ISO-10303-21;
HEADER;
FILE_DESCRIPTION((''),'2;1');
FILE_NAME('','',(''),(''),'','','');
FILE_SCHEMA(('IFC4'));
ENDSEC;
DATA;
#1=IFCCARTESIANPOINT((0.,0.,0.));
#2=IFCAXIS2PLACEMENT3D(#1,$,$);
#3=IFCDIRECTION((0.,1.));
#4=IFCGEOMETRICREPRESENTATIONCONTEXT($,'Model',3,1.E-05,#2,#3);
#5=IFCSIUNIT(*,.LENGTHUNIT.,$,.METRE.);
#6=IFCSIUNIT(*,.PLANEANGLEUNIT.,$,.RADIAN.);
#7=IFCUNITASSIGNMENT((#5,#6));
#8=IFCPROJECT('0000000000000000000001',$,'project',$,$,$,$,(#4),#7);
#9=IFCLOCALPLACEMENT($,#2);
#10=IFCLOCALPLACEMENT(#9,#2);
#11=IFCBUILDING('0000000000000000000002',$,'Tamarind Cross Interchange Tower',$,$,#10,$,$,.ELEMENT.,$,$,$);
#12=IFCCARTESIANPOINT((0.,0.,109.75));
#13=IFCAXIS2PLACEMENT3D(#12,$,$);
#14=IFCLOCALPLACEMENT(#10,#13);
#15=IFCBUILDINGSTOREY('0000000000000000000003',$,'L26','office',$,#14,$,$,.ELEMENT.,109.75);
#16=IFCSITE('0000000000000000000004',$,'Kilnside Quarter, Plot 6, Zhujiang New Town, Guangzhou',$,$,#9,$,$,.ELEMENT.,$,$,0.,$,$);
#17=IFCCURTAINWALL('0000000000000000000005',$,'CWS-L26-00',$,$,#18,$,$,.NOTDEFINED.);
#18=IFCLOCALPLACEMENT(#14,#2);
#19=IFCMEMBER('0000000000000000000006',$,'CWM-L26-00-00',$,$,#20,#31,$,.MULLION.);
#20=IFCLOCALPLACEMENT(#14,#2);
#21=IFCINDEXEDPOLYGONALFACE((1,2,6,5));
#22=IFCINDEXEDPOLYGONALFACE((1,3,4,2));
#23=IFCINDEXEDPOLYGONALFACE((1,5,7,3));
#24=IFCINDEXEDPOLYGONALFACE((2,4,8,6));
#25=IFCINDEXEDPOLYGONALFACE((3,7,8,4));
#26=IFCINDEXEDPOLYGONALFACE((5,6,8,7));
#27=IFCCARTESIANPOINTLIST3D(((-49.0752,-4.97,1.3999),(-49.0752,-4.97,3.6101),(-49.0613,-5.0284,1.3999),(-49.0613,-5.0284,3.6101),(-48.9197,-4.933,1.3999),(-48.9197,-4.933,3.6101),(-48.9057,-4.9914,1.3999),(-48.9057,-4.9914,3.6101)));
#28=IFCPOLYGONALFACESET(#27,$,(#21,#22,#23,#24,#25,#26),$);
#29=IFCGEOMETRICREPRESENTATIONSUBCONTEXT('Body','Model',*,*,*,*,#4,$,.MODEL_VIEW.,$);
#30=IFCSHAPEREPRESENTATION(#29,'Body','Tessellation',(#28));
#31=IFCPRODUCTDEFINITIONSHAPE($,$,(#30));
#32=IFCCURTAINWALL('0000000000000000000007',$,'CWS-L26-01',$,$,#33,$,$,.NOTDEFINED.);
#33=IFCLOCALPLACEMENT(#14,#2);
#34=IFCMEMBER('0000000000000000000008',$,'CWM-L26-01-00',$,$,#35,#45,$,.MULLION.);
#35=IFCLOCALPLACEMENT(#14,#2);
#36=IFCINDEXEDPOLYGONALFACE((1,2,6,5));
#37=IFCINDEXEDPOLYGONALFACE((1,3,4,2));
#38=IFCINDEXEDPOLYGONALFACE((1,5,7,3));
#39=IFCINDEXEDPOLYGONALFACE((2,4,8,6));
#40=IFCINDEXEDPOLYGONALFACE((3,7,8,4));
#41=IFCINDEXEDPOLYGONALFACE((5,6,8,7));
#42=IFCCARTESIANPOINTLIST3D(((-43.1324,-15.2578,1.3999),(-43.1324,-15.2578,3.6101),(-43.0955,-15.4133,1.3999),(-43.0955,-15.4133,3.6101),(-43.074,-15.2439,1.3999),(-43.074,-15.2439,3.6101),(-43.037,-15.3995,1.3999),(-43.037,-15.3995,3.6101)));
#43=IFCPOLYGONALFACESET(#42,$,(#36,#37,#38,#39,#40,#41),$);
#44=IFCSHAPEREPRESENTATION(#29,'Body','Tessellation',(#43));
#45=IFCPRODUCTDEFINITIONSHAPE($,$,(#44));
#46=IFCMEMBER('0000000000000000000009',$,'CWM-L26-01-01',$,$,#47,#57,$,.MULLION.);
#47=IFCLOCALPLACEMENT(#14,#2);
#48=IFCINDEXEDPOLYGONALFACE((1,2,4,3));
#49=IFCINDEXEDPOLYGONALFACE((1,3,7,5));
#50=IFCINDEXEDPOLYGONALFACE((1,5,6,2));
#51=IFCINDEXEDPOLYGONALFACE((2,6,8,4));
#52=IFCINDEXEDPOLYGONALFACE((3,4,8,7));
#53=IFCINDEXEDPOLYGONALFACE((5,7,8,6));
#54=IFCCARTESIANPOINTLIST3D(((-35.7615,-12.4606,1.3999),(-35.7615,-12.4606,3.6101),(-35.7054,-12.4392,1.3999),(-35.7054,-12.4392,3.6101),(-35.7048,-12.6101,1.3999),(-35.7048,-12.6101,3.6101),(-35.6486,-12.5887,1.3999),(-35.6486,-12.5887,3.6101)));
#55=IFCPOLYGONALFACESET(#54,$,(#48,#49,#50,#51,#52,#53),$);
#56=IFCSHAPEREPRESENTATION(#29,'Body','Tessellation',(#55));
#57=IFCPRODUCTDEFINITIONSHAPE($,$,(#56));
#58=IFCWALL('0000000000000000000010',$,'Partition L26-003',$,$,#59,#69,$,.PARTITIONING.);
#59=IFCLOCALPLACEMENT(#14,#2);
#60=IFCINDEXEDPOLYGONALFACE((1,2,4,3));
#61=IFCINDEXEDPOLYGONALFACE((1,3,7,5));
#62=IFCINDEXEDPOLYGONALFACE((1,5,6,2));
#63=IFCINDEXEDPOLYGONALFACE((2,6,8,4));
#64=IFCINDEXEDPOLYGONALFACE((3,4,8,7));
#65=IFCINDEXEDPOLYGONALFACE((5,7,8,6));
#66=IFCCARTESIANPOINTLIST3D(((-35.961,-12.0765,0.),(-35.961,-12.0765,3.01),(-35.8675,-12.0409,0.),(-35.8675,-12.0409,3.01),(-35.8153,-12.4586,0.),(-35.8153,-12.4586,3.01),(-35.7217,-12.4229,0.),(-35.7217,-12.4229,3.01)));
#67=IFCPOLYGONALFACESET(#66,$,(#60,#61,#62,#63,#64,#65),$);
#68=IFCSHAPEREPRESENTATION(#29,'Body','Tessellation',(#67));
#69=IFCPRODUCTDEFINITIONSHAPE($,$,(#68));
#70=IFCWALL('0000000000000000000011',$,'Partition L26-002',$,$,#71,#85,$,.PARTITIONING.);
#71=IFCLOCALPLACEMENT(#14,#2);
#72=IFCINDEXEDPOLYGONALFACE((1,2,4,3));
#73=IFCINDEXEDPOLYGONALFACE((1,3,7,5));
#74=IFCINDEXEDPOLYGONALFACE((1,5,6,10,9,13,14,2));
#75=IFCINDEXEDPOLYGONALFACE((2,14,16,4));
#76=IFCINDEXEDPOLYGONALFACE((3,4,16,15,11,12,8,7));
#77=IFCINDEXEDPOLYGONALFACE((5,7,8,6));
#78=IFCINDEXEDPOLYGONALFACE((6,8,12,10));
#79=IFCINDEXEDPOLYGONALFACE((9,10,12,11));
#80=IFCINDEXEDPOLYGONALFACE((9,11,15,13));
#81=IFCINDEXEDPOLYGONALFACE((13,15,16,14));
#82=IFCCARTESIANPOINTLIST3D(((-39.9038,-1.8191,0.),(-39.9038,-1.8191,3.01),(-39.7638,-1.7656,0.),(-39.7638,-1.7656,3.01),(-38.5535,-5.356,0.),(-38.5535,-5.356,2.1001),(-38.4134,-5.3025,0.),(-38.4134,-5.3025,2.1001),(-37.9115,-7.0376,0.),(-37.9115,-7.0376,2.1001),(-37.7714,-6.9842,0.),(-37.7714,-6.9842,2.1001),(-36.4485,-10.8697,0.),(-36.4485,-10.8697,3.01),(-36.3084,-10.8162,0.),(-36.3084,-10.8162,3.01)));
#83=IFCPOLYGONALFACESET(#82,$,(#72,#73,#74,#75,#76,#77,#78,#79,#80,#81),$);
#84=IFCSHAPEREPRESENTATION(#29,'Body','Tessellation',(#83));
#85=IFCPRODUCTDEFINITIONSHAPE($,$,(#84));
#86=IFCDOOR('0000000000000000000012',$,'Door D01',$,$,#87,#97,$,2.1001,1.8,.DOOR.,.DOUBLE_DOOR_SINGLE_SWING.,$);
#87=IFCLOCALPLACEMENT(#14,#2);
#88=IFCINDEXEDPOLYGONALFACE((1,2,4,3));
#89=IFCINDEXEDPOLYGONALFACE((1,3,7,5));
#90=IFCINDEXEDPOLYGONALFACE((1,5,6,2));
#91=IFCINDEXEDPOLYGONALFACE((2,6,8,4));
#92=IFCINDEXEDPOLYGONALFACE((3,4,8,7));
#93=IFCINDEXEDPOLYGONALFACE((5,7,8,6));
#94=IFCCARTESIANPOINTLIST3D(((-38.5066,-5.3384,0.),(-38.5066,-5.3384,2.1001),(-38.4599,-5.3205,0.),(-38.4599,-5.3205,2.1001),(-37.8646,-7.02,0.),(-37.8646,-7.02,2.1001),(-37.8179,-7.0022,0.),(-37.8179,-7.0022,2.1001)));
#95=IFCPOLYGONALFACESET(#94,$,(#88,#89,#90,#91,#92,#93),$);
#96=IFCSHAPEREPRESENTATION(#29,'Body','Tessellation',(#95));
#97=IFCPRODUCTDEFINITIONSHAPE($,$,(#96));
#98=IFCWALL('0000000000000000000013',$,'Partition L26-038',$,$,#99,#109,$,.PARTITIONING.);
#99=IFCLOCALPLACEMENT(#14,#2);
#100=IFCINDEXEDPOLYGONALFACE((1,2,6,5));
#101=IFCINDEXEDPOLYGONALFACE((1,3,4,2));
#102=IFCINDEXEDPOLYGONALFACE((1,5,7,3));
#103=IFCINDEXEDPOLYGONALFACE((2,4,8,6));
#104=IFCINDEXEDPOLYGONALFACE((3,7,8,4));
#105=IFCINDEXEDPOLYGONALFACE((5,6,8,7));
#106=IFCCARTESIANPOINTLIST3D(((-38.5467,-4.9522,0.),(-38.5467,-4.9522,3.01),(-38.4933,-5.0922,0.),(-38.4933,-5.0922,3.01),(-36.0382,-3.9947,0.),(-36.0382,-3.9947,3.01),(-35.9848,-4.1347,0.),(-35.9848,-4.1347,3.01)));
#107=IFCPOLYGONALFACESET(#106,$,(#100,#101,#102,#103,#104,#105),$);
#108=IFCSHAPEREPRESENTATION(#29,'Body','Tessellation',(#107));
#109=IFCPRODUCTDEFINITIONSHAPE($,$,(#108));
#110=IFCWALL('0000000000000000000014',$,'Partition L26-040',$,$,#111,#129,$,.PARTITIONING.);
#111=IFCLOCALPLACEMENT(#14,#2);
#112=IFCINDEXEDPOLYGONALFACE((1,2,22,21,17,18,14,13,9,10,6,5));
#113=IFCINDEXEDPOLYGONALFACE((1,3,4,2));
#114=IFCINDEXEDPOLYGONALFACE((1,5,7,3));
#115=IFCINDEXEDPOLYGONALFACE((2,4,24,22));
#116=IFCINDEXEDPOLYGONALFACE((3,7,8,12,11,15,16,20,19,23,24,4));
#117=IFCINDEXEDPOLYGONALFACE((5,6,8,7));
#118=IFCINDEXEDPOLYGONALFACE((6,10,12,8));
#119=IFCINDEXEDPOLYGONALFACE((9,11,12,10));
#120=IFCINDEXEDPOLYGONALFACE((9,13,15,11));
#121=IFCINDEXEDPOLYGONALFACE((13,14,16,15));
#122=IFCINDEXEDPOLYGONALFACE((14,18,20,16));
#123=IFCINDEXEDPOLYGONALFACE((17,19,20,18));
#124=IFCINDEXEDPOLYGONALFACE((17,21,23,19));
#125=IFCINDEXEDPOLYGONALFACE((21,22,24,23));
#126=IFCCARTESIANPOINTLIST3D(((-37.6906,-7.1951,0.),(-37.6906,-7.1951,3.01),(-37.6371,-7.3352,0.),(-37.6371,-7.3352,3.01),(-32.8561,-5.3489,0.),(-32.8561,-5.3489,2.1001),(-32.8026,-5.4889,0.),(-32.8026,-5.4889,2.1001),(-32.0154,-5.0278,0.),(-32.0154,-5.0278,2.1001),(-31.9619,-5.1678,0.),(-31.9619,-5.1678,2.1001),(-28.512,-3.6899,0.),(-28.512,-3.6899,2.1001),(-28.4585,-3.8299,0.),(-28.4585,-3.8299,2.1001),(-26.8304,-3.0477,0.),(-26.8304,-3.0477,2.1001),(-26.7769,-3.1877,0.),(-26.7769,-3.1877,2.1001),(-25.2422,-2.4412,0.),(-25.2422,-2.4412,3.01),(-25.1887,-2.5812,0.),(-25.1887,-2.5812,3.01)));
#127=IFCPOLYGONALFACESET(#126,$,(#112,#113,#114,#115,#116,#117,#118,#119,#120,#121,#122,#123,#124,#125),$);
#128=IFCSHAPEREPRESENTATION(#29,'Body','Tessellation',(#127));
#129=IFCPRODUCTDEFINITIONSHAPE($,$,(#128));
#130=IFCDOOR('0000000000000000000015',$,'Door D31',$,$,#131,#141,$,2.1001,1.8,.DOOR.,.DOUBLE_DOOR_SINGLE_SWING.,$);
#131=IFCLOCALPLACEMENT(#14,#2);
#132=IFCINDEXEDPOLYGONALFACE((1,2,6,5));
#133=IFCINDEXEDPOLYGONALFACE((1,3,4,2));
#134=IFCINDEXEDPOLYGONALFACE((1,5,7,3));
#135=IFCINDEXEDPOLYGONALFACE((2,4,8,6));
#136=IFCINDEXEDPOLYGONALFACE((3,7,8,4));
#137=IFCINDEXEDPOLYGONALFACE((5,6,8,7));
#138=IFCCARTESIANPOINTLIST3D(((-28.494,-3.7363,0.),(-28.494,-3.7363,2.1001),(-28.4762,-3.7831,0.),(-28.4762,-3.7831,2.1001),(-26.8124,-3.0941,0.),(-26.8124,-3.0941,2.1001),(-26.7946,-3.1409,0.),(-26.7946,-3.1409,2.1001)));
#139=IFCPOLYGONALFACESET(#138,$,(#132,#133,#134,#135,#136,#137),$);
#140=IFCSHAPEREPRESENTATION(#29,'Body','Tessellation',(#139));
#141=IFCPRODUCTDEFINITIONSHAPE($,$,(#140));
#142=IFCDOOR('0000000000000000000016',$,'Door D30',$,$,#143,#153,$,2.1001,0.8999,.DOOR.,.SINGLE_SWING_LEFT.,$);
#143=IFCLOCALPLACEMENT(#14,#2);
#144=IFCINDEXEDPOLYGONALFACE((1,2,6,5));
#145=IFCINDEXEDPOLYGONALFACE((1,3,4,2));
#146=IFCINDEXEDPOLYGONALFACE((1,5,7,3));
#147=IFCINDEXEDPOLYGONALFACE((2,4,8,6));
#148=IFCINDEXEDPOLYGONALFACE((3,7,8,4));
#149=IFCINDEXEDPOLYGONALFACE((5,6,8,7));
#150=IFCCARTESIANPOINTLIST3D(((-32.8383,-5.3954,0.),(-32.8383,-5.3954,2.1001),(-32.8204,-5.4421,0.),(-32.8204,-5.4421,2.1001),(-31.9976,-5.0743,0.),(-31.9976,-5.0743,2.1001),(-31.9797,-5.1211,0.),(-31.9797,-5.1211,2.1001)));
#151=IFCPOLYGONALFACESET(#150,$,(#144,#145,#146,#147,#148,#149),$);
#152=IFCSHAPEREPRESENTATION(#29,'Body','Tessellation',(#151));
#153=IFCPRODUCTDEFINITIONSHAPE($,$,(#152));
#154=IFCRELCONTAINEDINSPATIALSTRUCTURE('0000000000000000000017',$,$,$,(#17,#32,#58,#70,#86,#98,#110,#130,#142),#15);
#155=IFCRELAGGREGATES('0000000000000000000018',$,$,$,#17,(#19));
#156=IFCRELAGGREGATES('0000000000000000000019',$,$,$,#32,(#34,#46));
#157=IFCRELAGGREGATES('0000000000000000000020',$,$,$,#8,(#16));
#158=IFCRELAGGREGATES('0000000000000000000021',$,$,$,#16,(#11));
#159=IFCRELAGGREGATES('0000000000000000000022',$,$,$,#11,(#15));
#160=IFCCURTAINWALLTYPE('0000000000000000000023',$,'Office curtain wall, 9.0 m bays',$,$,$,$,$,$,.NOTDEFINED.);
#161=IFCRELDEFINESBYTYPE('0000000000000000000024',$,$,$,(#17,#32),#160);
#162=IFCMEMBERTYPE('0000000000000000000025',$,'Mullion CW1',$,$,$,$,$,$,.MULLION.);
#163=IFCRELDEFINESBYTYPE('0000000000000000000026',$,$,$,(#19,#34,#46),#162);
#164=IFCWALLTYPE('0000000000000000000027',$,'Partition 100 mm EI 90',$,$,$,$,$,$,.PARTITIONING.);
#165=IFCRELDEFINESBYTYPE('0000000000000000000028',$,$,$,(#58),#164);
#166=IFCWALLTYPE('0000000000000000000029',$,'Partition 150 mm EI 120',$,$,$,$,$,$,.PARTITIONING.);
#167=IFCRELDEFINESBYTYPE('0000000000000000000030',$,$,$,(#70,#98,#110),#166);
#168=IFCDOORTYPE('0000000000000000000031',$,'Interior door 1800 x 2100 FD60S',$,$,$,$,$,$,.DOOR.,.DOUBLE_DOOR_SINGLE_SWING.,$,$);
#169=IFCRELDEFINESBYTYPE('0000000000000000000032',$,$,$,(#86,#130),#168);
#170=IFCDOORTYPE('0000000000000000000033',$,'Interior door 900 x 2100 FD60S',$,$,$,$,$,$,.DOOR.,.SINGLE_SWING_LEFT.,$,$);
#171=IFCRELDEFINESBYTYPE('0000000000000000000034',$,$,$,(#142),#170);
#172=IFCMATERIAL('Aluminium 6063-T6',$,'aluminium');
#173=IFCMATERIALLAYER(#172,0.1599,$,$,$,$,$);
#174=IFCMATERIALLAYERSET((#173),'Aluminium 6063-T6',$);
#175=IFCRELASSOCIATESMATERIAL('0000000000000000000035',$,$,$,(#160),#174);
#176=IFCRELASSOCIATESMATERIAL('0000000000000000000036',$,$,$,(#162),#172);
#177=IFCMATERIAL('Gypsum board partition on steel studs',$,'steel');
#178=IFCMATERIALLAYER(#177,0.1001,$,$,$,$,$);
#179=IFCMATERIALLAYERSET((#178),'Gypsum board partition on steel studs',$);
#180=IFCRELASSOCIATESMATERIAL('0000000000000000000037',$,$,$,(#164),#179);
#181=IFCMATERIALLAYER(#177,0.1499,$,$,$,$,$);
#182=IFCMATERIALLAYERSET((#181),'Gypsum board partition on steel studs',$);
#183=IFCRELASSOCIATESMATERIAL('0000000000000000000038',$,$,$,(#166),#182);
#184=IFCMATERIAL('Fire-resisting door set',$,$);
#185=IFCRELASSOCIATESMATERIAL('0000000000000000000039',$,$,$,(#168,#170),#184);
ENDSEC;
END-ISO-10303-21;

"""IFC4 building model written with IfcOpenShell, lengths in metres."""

from ifc_helpers import new_model, si_unit, direction, frame, frame_2d, origin, origin_2d, place, context, subcontext, project, spatial, rectangle, extrude, material, layer, layer_set, material_profile, profile_set, type_object, element, fill, aggregate, save


model = new_model("IFC4")

# Units and contexts
model_context = context("Model", 3, precision=1e-05, world=origin(), true_north=direction((0.0, 1.0)))
body_context = subcontext(model_context, "Body", "Model", "MODEL_VIEW")
ifc_project = project(units=[si_unit("LENGTHUNIT", "METRE"), si_unit("PLANEANGLEUNIT", "RADIAN")], contexts=[model_context])

# Site, building, storey
site_placement = place(None, origin())
site = spatial("IfcSite", under=ifc_project, at=site_placement, Name="Kilnside Quarter, Plot 6, Zhujiang New Town, Guangzhou", CompositionType="ELEMENT", RefElevation=0.0)
building_placement = place(site_placement, origin())
building = spatial("IfcBuilding", under=site, at=building_placement, Name="Tamarind Cross Interchange Tower", CompositionType="ELEMENT")
storey_placement = place(building_placement, frame((0.0, 0.0, 109.75)))
storey = spatial("IfcBuildingStorey", under=building, at=storey_placement, Name="L26", Description="office", CompositionType="ELEMENT", Elevation=109.75)

# Curtain wall, member
ifc_material_1 = material(Name="Aluminium 6063-T6", Category="aluminium")
ifc_layer_1 = layer(ifc_material_1, 0.1599)
ifc_layer_set_1 = layer_set([ifc_layer_1], Name="Aluminium 6063-T6")
curtain_wall_type = type_object("IfcCurtainWallType", Name="Office curtain wall, 9.0 m bays", PredefinedType="NOTDEFINED", material=ifc_layer_set_1)
curtain_wall_1_placement = place(storey_placement, origin())
curtain_wall_1 = element("IfcCurtainWall", 1, at=curtain_wall_1_placement, inside=storey, type_object=curtain_wall_type, Name="CWS-L26-00", PredefinedType="NOTDEFINED")
ifc_material_profile_1 = material_profile(ifc_material_1, rectangle(XDim=0.0601, YDim=0.1599, at=origin_2d()), Name="Mullion CW1")
ifc_profile_set_1 = profile_set([ifc_material_profile_1], Name="Aluminium 6063-T6")
member_type = type_object("IfcMemberType", Name="Mullion CW1", PredefinedType="MULLION", material=ifc_profile_set_1)
member_1_placement = place(storey_placement, frame((-48.9905, -4.9807, 1.3999), z_axis=(0.0, 0.0, 1.0), x_axis=(0.23168, -0.972792, 0.0)))
member_1 = element("IfcMember", 2, at=member_1_placement, type_object=member_type, Name="CWM-L26-00-00", PredefinedType="MULLION", context=body_context, shape_type="SweptSolid", body=[
    extrude(rectangle(XDim=0.0601, YDim=0.1599, at=origin_2d()), origin(), (0.0, 0.0, 1.0), 2.2102),
])
aggregate(curtain_wall_1, [member_1])

# Curtain wall, members
curtain_wall_2_placement = place(storey_placement, origin())
curtain_wall_2 = element("IfcCurtainWall", 3, at=curtain_wall_2_placement, inside=storey, type_object=curtain_wall_type, Name="CWS-L26-01", PredefinedType="NOTDEFINED")
member_2_placement = place(storey_placement, frame((-43.0847, -15.3286, 1.3999), z_axis=(0.0, 0.0, 1.0), x_axis=(0.972976, 0.230906, 0.0)))
member_2 = element("IfcMember", 4, at=member_2_placement, type_object=member_type, Name="CWM-L26-01-00", PredefinedType="MULLION", context=body_context, shape_type="SweptSolid", body=[
    extrude(rectangle(XDim=0.0601, YDim=0.1599, at=origin_2d()), origin(), (0.0, 0.0, 1.0), 2.2102),
])
member_3_placement = place(storey_placement, frame((-35.7051, -12.5247, 1.3999), z_axis=(0.0, 0.0, 1.0), x_axis=(0.934796, 0.355186, 0.0)))
member_3 = element("IfcMember", 5, at=member_3_placement, type_object=member_type, Name="CWM-L26-01-01", PredefinedType="MULLION", context=body_context, shape_type="SweptSolid", body=[
    extrude(rectangle(XDim=0.0601, YDim=0.1599, at=origin_2d()), origin(), (0.0, 0.0, 1.0), 2.2102),
])
aggregate(curtain_wall_2, [member_2, member_3])

# Wall
ifc_material_2 = material(Name="Gypsum board partition on steel studs", Category="steel")
ifc_layer_2 = layer(ifc_material_2, 0.1001)
ifc_layer_set_2 = layer_set([ifc_layer_2], Name="Gypsum board partition on steel studs")
wall_type_1 = type_object("IfcWallType", Name="Partition 100 mm EI 90", PredefinedType="PARTITIONING", material=ifc_layer_set_2)
wall_1_placement = place(storey_placement, frame((-35.9143, -12.0586, 0.0), z_axis=(0.0, 0.0, 1.0), x_axis=(0.356417, -0.934327, 0.0)))
element("IfcWall", 6, at=wall_1_placement, inside=storey, type_object=wall_type_1, Name="Partition L26-003", PredefinedType="PARTITIONING", context=body_context, shape_type="SweptSolid", body=[
    extrude(rectangle(XDim=0.4089, YDim=0.1001, at=frame_2d((0.2046, 0.0))), origin(), (0.0, 0.0, 1.0), 3.01),
])

# Wall, opening, door
ifc_layer_3 = layer(ifc_material_2, 0.1499)
ifc_layer_set_3 = layer_set([ifc_layer_3], Name="Gypsum board partition on steel studs")
wall_type_2 = type_object("IfcWallType", Name="Partition 150 mm EI 120", PredefinedType="PARTITIONING", material=ifc_layer_set_3)
wall_2_placement = place(storey_placement, frame((-39.8337, -1.7925, 0.0), z_axis=(0.0, 0.0, 1.0), x_axis=(0.356671, -0.93423, 0.0)))
wall_2 = element("IfcWall", 7, at=wall_2_placement, inside=storey, type_object=wall_type_2, Name="Partition L26-002", PredefinedType="PARTITIONING", context=body_context, shape_type="SweptSolid", body=[
    extrude(rectangle(XDim=9.6877, YDim=0.1499, at=frame_2d((4.8438, 0.0))), origin(), (0.0, 0.0, 1.0), 3.01),
])
opening_1_placement = place(wall_2_placement, frame((3.7859, 0.0, 0.0)))
opening_1 = element("IfcOpeningElement", 8, at=opening_1_placement, cuts=wall_2, PredefinedType="OPENING", context=body_context, shape_type="SweptSolid", body=[
    extrude(rectangle(XDim=1.8, YDim=2.1001, at=frame_2d((0.8999, 1.05))), frame((0.0, 0.085, 0.0), z_axis=(0.0, -1.0, 0.0), x_axis=(1.0, 0.0, 0.0)), (0.0, 0.0, 1.0), 0.1699),
])
ifc_material_3 = material(Name="Fire-resisting door set")
door_type_1 = type_object("IfcDoorType", Name="Interior door 1800 x 2100 FD60S", OperationType="DOUBLE_DOOR_SINGLE_SWING", PredefinedType="DOOR", material=ifc_material_3)
door_1_placement = place(opening_1_placement, frame((1.8, 0.0, 0.0), z_axis=(0.0, 0.0, 1.0), x_axis=(-1.0, 0.0, 0.0)))
door_1 = element("IfcDoor", 9, at=door_1_placement, inside=storey, type_object=door_type_1, Name="Door D01", OperationType="DOUBLE_DOOR_SINGLE_SWING", OverallHeight=2.1001, OverallWidth=1.8, PredefinedType="DOOR", context=body_context, shape_type="SweptSolid", body=[
    extrude(rectangle(XDim=1.8, YDim=2.1001, at=frame_2d((0.8999, 1.05))), frame((0.0, 0.0249, 0.0), z_axis=(0.0, -1.0, 0.0), x_axis=(1.0, 0.0, 0.0)), (0.0, 0.0, 1.0), 0.05),
])
fill(opening_1, door_1)

# Wall
wall_3_placement = place(storey_placement, frame((-38.52, -5.0222, 0.0), z_axis=(0.0, 0.0, 1.0), x_axis=(0.934254, 0.356608, 0.0)))
element("IfcWall", 10, at=wall_3_placement, inside=storey, type_object=wall_type_2, Name="Partition L26-038", PredefinedType="PARTITIONING", context=body_context, shape_type="SweptSolid", body=[
    extrude(rectangle(XDim=2.6851, YDim=0.1499, at=frame_2d((1.3425, 0.0))), origin(), (0.0, 0.0, 1.0), 3.01),
])

# Wall, openings, doors
wall_4_placement = place(storey_placement, frame((-37.6638, -7.2651, 0.0), z_axis=(0.0, 0.0, 1.0), x_axis=(0.934195, 0.356763, 0.0)))
wall_4 = element("IfcWall", 11, at=wall_4_placement, inside=storey, type_object=wall_type_2, Name="Partition L26-040", PredefinedType="PARTITIONING", context=body_context, shape_type="SweptSolid", body=[
    extrude(rectangle(XDim=13.3252, YDim=0.1499, at=frame_2d((6.6626, 0.0))), origin(), (0.0, 0.0, 1.0), 3.01),
])
opening_2_placement = place(wall_4_placement, frame((5.175, 0.0, 0.0)))
opening_2 = element("IfcOpeningElement", 12, at=opening_2_placement, cuts=wall_4, PredefinedType="OPENING", context=body_context, shape_type="SweptSolid", body=[
    extrude(rectangle(XDim=0.8999, YDim=2.1001, at=frame_2d((0.45, 1.05))), frame((0.0, 0.085, 0.0), z_axis=(0.0, -1.0, 0.0), x_axis=(1.0, 0.0, 0.0)), (0.0, 0.0, 1.0), 0.1699),
])
opening_3_placement = place(wall_4_placement, frame((9.8252, 0.0, 0.0)))
opening_3 = element("IfcOpeningElement", 13, at=opening_3_placement, cuts=wall_4, PredefinedType="OPENING", context=body_context, shape_type="SweptSolid", body=[
    extrude(rectangle(XDim=1.8, YDim=2.1001, at=frame_2d((0.8999, 1.05))), frame((0.0, 0.085, 0.0), z_axis=(0.0, -1.0, 0.0), x_axis=(1.0, 0.0, 0.0)), (0.0, 0.0, 1.0), 0.1699),
])
door_2_placement = place(opening_3_placement, frame((1.8, 0.0, 0.0), z_axis=(0.0, 0.0, 1.0), x_axis=(-1.0, 0.0, 0.0)))
door_2 = element("IfcDoor", 14, at=door_2_placement, inside=storey, type_object=door_type_1, Name="Door D31", OperationType="DOUBLE_DOOR_SINGLE_SWING", OverallHeight=2.1001, OverallWidth=1.8, PredefinedType="DOOR", context=body_context, shape_type="SweptSolid", body=[
    extrude(rectangle(XDim=1.8, YDim=2.1001, at=frame_2d((0.8999, 1.05))), frame((0.0, 0.0249, 0.0), z_axis=(0.0, -1.0, 0.0), x_axis=(1.0, 0.0, 0.0)), (0.0, 0.0, 1.0), 0.05),
])
fill(opening_3, door_2)
door_type_2 = type_object("IfcDoorType", Name="Interior door 900 x 2100 FD60S", OperationType="SINGLE_SWING_LEFT", PredefinedType="DOOR", material=ifc_material_3)
door_3_placement = place(opening_2_placement, frame((0.8999, 0.0, 0.0), z_axis=(0.0, 0.0, 1.0), x_axis=(-1.0, 0.0, 0.0)))
door_3 = element("IfcDoor", 15, at=door_3_placement, inside=storey, type_object=door_type_2, Name="Door D30", OperationType="SINGLE_SWING_LEFT", OverallHeight=2.1001, OverallWidth=0.8999, PredefinedType="DOOR", context=body_context, shape_type="SweptSolid", body=[
    extrude(rectangle(XDim=0.8999, YDim=2.1001, at=frame_2d((0.45, 1.05))), frame((0.0, 0.0249, 0.0), z_axis=(0.0, -1.0, 0.0), x_axis=(1.0, 0.0, 0.0)), (0.0, 0.0, 1.0), 0.05),
])
fill(opening_2, door_3)

save(model, "model.ifc")
